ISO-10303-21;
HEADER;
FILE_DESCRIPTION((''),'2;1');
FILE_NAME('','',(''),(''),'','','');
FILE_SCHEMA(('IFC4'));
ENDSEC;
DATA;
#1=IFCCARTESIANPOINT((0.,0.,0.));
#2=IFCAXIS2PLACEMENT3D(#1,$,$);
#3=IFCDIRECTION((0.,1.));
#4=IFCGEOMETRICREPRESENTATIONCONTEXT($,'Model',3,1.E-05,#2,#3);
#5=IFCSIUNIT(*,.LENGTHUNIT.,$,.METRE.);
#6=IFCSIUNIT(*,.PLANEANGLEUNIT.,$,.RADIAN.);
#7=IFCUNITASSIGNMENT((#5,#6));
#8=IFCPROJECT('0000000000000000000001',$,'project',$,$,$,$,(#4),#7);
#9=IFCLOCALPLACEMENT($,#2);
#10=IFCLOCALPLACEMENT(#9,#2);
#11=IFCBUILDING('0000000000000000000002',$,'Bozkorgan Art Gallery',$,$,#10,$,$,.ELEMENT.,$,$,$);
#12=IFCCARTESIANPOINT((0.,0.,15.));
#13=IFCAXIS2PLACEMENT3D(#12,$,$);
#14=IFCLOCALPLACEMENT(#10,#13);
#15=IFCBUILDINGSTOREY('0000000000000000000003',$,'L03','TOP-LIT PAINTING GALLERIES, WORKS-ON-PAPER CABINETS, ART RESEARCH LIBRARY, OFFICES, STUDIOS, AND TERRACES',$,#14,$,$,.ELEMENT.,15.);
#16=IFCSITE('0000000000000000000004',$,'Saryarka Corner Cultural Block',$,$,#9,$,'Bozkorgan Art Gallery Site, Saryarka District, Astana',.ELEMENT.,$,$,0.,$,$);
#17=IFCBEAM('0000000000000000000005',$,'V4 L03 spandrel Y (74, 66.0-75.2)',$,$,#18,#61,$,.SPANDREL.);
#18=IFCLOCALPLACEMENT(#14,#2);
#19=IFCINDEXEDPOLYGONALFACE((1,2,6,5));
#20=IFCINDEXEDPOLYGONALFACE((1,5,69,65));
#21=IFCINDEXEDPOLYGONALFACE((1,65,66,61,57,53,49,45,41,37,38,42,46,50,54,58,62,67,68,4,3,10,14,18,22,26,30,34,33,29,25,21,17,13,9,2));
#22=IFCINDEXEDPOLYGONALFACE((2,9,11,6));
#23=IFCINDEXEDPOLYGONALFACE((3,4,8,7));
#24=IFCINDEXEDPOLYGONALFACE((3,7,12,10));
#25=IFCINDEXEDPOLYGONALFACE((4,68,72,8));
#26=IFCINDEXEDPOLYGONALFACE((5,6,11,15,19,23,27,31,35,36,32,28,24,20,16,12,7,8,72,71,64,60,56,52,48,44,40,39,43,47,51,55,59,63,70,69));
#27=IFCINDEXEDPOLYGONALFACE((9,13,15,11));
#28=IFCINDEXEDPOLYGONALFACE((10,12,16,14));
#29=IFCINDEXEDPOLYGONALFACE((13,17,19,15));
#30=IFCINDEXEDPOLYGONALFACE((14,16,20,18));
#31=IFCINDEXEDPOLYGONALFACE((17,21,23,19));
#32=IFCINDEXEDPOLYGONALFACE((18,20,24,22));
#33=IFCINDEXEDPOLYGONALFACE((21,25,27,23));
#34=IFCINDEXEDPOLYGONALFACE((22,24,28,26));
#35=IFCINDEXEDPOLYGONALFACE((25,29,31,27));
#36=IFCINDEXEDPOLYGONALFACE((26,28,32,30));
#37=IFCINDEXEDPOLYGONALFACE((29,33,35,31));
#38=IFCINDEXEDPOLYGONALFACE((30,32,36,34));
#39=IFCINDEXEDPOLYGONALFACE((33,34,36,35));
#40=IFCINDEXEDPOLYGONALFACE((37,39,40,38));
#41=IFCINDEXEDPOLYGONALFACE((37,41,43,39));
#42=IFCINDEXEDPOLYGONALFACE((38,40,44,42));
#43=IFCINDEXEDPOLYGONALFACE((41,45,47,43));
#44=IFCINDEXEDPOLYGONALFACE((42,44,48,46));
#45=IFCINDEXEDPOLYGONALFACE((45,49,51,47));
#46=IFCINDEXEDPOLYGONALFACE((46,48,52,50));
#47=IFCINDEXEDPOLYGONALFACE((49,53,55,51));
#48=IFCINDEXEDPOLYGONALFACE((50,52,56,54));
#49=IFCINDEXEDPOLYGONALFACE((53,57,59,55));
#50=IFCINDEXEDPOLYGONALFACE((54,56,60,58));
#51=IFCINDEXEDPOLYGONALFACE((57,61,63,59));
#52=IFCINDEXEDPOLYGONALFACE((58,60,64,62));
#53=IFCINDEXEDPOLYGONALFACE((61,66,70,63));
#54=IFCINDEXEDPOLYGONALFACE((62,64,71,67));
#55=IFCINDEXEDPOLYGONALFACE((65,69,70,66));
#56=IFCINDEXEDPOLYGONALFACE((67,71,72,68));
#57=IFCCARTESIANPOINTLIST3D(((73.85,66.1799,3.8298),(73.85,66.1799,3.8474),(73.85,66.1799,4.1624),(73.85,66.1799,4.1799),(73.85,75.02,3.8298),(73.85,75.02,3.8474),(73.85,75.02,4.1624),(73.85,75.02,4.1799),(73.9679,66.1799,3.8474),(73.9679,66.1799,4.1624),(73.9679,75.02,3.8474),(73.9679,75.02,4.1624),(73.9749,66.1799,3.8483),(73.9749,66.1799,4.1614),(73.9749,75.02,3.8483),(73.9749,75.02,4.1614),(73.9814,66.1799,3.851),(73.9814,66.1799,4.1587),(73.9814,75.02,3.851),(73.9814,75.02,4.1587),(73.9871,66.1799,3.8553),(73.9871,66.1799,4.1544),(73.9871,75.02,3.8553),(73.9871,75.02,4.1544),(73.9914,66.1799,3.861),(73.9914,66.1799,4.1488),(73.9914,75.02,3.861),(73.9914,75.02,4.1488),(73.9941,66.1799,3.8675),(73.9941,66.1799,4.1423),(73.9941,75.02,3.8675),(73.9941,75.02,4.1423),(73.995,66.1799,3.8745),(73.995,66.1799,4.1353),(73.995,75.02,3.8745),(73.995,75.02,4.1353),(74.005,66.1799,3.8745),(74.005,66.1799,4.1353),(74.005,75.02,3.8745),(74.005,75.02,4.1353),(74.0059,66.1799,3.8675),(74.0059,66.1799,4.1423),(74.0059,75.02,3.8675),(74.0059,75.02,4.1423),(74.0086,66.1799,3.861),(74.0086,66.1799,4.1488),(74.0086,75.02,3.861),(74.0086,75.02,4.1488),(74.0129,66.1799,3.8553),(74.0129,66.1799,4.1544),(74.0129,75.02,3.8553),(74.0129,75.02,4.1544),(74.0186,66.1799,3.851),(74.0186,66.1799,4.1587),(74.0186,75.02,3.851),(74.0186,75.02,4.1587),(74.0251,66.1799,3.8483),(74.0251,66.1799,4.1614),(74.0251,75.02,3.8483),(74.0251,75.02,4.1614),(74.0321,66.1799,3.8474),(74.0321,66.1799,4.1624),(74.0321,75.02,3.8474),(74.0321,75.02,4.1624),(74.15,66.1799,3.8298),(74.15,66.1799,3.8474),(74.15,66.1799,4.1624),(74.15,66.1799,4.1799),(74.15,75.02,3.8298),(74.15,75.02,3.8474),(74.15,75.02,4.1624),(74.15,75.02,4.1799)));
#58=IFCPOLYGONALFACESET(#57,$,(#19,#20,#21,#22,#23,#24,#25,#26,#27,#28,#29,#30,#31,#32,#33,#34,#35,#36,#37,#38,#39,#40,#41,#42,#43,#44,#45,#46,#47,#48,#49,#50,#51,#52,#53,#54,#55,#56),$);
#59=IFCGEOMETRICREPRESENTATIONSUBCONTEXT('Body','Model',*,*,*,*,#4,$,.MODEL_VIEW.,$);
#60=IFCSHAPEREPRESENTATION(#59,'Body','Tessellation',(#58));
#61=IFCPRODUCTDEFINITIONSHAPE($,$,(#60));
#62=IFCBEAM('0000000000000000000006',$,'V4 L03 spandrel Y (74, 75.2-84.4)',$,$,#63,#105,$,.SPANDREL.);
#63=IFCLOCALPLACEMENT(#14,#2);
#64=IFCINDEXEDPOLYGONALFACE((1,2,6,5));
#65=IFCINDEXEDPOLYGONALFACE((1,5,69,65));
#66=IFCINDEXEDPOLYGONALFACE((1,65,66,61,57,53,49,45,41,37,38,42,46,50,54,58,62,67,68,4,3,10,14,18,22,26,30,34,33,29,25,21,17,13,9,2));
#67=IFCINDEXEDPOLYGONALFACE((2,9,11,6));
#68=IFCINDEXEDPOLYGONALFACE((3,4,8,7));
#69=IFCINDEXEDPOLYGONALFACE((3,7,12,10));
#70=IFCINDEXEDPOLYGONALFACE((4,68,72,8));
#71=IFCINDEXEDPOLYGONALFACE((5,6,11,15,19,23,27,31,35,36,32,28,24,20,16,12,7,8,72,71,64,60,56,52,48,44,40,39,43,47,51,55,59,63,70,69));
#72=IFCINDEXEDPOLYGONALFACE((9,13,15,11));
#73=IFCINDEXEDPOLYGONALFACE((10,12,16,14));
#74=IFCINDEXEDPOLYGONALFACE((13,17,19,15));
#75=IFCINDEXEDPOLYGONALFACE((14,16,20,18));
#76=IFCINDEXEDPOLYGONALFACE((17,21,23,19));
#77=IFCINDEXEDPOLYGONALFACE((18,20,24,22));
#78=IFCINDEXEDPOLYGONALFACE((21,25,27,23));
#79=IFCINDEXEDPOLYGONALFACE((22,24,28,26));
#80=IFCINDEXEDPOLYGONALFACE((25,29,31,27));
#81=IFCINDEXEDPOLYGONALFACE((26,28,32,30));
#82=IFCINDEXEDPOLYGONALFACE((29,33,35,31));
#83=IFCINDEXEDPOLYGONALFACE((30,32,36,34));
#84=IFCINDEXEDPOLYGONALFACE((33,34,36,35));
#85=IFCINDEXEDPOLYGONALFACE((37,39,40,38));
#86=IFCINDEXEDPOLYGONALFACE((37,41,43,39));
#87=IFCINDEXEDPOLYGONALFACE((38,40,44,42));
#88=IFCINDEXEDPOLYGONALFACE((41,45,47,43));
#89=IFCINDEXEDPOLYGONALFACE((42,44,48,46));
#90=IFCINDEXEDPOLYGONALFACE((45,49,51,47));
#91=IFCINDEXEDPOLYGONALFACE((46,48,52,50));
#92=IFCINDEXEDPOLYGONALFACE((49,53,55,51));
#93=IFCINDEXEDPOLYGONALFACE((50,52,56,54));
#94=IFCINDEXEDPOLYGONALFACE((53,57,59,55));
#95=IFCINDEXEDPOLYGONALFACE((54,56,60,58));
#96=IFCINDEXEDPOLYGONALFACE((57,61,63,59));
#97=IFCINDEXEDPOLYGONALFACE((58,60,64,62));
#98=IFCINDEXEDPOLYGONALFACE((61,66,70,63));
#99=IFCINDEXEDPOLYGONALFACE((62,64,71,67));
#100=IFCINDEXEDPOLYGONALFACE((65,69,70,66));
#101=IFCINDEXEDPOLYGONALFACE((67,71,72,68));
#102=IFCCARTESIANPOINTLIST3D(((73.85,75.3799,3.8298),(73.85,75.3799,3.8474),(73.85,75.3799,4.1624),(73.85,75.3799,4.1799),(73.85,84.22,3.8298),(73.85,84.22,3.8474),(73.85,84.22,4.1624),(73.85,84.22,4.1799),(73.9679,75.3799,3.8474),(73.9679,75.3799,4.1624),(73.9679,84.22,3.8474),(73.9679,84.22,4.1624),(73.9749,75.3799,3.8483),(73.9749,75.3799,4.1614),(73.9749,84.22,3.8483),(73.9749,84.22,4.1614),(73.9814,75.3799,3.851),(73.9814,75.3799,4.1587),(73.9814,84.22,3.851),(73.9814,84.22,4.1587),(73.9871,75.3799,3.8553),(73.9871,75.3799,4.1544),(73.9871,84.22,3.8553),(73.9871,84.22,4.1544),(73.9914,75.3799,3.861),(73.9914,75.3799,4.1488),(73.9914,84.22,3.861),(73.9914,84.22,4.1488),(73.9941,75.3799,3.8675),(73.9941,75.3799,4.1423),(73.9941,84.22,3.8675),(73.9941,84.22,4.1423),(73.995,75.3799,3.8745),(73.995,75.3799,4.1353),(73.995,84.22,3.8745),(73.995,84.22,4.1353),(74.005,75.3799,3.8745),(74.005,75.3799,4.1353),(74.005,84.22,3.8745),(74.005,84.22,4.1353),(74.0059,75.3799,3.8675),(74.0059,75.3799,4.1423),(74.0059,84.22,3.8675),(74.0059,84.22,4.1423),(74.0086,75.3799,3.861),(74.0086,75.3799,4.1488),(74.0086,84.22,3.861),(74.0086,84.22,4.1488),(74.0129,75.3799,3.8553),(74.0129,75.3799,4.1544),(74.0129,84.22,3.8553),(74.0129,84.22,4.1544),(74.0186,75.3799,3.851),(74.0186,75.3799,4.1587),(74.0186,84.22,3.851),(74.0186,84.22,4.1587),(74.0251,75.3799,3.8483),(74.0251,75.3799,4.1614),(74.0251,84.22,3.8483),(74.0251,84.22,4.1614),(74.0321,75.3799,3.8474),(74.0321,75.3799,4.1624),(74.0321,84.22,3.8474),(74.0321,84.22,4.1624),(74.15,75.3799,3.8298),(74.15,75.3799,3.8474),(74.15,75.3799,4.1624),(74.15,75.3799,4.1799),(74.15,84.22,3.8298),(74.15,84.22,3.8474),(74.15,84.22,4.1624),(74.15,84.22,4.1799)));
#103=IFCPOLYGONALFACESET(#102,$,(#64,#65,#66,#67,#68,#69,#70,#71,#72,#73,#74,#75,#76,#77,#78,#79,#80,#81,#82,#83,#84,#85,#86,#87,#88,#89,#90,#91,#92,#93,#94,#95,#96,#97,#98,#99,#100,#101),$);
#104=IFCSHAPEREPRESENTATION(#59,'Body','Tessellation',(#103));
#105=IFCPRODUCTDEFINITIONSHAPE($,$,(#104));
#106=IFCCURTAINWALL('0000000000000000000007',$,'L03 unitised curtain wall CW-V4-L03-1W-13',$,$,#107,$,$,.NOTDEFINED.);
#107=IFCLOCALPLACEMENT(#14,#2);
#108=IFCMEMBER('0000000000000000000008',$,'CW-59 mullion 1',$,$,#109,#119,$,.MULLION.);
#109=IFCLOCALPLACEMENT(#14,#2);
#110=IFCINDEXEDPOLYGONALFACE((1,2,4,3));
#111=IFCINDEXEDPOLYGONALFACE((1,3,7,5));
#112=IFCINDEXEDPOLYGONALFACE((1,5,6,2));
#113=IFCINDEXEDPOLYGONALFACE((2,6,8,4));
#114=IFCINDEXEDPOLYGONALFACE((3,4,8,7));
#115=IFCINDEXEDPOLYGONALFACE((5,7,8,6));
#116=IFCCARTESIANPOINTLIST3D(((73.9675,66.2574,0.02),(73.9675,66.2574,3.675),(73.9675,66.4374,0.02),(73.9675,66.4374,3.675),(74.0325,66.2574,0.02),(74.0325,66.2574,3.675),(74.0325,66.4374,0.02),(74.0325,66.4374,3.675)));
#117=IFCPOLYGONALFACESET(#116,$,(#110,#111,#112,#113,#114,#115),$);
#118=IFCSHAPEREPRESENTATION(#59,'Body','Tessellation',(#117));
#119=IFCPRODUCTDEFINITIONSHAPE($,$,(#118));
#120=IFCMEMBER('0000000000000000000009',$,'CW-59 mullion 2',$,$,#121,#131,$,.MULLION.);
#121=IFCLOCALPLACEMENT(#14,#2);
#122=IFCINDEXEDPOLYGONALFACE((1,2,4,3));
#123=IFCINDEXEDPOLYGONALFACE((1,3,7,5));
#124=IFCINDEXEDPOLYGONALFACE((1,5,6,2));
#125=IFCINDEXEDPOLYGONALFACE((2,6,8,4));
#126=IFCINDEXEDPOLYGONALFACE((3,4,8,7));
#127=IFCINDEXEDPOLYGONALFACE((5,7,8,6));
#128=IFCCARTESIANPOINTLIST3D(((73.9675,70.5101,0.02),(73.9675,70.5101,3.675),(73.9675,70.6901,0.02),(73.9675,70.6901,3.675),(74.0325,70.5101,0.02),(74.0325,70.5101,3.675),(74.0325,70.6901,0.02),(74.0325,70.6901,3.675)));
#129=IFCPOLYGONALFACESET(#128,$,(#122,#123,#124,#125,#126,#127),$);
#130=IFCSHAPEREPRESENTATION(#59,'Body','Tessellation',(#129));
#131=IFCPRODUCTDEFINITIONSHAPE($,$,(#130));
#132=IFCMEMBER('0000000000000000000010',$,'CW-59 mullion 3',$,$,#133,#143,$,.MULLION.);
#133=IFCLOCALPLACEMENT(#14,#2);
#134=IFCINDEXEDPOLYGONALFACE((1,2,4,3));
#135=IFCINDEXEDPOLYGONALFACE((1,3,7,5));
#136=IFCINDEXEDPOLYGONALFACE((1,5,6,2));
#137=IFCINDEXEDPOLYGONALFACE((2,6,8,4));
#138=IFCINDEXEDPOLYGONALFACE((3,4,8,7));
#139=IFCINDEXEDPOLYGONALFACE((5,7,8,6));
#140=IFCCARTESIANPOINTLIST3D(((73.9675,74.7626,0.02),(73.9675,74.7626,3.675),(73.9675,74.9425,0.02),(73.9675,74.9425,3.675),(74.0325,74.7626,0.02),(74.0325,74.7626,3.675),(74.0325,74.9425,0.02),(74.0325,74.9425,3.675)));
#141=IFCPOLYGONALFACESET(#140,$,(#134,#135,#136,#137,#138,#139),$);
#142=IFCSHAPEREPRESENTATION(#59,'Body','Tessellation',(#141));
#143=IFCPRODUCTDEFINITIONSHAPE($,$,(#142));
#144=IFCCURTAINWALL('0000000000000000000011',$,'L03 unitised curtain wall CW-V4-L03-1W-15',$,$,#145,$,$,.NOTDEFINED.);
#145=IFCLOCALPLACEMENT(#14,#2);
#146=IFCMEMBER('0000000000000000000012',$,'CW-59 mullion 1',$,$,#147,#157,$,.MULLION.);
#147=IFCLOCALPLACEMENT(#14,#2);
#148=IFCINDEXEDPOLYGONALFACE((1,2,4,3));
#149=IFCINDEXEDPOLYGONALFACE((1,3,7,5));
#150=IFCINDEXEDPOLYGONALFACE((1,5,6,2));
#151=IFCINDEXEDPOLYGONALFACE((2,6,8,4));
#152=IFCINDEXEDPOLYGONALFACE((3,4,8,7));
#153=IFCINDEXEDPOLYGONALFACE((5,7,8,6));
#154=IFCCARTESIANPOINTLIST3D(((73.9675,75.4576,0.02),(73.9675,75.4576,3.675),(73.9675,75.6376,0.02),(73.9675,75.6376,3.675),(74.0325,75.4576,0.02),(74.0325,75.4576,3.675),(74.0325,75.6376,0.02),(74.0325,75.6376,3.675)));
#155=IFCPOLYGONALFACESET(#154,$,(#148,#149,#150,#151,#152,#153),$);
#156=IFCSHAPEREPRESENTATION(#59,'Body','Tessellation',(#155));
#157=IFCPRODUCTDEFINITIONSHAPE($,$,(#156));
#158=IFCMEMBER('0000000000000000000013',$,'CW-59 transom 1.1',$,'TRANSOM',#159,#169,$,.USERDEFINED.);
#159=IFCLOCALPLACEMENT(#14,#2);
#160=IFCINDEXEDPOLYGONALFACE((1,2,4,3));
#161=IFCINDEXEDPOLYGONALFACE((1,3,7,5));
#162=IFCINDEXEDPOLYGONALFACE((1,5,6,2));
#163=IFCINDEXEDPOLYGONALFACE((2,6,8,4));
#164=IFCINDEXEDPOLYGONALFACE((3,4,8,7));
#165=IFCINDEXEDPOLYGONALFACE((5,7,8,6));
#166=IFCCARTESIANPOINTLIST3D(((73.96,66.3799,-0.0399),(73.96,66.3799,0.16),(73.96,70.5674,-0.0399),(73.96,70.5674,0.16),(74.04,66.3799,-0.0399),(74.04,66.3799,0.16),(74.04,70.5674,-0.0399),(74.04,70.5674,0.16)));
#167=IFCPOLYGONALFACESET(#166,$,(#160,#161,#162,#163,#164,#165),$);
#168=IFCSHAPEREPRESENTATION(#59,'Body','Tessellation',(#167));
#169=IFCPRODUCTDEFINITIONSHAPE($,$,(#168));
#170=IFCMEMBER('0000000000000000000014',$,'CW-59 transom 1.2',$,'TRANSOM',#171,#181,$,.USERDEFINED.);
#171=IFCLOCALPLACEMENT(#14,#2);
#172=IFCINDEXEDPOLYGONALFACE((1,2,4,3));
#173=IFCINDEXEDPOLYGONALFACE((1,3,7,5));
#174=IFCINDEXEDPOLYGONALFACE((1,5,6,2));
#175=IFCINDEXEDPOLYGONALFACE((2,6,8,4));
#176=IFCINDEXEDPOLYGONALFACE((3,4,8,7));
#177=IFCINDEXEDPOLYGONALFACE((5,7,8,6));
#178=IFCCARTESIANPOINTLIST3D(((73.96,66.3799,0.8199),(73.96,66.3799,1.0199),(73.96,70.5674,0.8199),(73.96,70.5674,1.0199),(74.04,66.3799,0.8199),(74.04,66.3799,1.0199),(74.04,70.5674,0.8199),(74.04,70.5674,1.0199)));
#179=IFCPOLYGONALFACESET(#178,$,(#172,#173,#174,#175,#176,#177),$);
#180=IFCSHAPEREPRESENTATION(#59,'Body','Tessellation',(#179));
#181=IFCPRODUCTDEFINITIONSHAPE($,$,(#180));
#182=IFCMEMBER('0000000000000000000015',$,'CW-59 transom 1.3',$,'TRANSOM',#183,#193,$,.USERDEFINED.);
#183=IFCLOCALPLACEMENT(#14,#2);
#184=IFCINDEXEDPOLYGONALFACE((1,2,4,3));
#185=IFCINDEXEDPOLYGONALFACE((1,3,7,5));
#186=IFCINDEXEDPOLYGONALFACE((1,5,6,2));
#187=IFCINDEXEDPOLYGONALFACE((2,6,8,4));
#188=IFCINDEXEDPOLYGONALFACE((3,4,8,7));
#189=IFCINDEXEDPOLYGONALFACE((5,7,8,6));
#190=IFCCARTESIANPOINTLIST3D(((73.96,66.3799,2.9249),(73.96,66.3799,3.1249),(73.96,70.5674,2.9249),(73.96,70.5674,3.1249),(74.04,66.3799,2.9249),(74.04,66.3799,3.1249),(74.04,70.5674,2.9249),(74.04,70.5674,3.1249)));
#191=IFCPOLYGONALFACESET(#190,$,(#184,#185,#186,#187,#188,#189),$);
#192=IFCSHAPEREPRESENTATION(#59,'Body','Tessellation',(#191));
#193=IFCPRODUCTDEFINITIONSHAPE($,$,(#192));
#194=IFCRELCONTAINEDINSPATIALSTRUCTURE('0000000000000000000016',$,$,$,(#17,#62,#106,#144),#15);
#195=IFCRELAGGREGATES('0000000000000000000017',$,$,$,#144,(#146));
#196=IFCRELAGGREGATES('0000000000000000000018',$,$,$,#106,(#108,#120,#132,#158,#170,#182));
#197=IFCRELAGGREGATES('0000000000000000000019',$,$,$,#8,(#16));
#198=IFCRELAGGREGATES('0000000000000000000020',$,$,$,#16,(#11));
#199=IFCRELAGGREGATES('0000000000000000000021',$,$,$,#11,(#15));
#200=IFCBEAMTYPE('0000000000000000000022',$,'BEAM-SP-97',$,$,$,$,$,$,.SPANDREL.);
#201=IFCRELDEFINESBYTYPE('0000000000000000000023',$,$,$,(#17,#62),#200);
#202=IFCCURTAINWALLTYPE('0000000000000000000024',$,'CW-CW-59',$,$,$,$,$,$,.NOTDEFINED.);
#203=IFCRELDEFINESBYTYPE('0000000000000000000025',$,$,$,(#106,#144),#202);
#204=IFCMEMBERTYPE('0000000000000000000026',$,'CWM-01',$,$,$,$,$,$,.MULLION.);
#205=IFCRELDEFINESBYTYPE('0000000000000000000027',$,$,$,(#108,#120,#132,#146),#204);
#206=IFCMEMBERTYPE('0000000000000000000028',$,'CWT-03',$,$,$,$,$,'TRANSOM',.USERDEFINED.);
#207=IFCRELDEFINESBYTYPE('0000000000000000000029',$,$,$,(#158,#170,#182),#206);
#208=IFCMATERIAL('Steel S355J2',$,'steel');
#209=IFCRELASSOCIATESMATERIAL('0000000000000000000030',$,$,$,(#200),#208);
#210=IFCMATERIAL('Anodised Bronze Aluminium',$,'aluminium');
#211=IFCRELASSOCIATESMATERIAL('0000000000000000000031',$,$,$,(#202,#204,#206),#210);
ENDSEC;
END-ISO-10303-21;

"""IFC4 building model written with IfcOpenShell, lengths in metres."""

from ifc_helpers import new_model, si_unit, direction, frame, origin, origin_2d, place, context, subcontext, project, spatial, rectangle, i_section, extrude, material, material_profile, profile_set, type_object, element, aggregate, save


model = new_model("IFC4")

# Units and contexts
model_context = context("Model", 3, precision=1e-05, world=origin(), true_north=direction((0.0, 1.0)))
body_context = subcontext(model_context, "Body", "Model", "MODEL_VIEW")
ifc_project = project(units=[si_unit("LENGTHUNIT", "METRE"), si_unit("PLANEANGLEUNIT", "RADIAN")], contexts=[model_context])

# Site, building, storey
site_placement = place(None, origin())
site = spatial("IfcSite", under=ifc_project, at=site_placement, Name="Saryarka Corner Cultural Block", LongName="Bozkorgan Art Gallery Site, Saryarka District, Astana", CompositionType="ELEMENT", RefElevation=0.0)
building_placement = place(site_placement, origin())
building = spatial("IfcBuilding", under=site, at=building_placement, Name="Bozkorgan Art Gallery", CompositionType="ELEMENT")
storey_placement = place(building_placement, frame((0.0, 0.0, 15.0)))
storey = spatial("IfcBuildingStorey", under=building, at=storey_placement, Name="L03", Description="TOP-LIT PAINTING GALLERIES, WORKS-ON-PAPER CABINETS, ART RESEARCH LIBRARY, OFFICES, STUDIOS, AND TERRACES", CompositionType="ELEMENT", Elevation=15.0)

# Shared definitions
ifc_material_1 = material(Name="Steel S355J2", Category="steel")

# Beams
ifc_material_profile_1 = material_profile(ifc_material_1, i_section(OverallWidth=0.3, OverallDepth=0.3501, WebThickness=0.01, FlangeThickness=0.0176, FilletRadius=0.0271, at=origin_2d()), Name="HEA 360")
ifc_profile_set_1 = profile_set([ifc_material_profile_1], Name="Steel S355J2")
beam_type_1 = type_object("IfcBeamType", Name="BEAM-SP-97", PredefinedType="SPANDREL", material=ifc_profile_set_1)
for number, where, z_axis, x_axis, name in (
    (1, (74.0, 66.1799, 4.0049), (0.0, 1.0, 0.0), (-1.0, 0.0, 0.0), "V4 L03 spandrel Y (74, 66.0-75.2)"),
    (2, (74.0, 75.3799, 4.0049), (0.0, 1.0, 0.0), (-1.0, 0.0, 0.0), "V4 L03 spandrel Y (74, 75.2-84.4)"),
):
    element("IfcBeam", number, at=place(storey_placement, frame(where, z_axis=z_axis, x_axis=x_axis)), inside=storey, type_object=beam_type_1, Name=name, PredefinedType="SPANDREL", context=body_context, shape_type="SweptSolid", body=[
        extrude(i_section(OverallWidth=0.3, OverallDepth=0.3501, WebThickness=0.01, FlangeThickness=0.0176, FilletRadius=0.0271, at=origin_2d()), origin(), (0.0, 0.0, 1.0), 8.8401),
    ])

# Curtain wall, members
ifc_material_2 = material(Name="Anodised Bronze Aluminium", Category="aluminium")
curtain_wall_type = type_object("IfcCurtainWallType", Name="CW-CW-59", PredefinedType="NOTDEFINED", material=ifc_material_2)
curtain_wall_1_placement = place(storey_placement, origin())
curtain_wall_1 = element("IfcCurtainWall", 3, at=curtain_wall_1_placement, inside=storey, type_object=curtain_wall_type, Name="L03 unitised curtain wall CW-V4-L03-1W-13", PredefinedType="NOTDEFINED")
ifc_material_profile_2 = material_profile(ifc_material_2, rectangle(XDim=0.0649, YDim=0.1799, at=origin_2d()), Name="ALU MULLION 65x180")
ifc_profile_set_2 = profile_set([ifc_material_profile_2], Name="Anodised Bronze Aluminium")
member_type_1 = type_object("IfcMemberType", Name="CWM-01", PredefinedType="MULLION", material=ifc_profile_set_2)
member_1_placement = place(storey_placement, frame((74.0, 66.3474, 0.02), z_axis=(0.0, 0.0, 1.0), x_axis=(-1.0, 0.0, 0.0)))
member_1 = element("IfcMember", 4, at=member_1_placement, type_object=member_type_1, Name="CW-59 mullion 1", PredefinedType="MULLION", context=body_context, shape_type="SweptSolid", body=[
    extrude(rectangle(XDim=0.0649, YDim=0.1799, at=origin_2d()), origin(), (0.0, 0.0, 1.0), 3.655),
])
member_2_placement = place(storey_placement, frame((74.0, 70.6001, 0.02), z_axis=(0.0, 0.0, 1.0), x_axis=(-1.0, 0.0, 0.0)))
member_2 = element("IfcMember", 5, at=member_2_placement, type_object=member_type_1, Name="CW-59 mullion 2", PredefinedType="MULLION", context=body_context, shape_type="SweptSolid", body=[
    extrude(rectangle(XDim=0.0649, YDim=0.1799, at=origin_2d()), origin(), (0.0, 0.0, 1.0), 3.655),
])
member_3_placement = place(storey_placement, frame((74.0, 74.8525, 0.02), z_axis=(0.0, 0.0, 1.0), x_axis=(-1.0, 0.0, 0.0)))
member_3 = element("IfcMember", 6, at=member_3_placement, type_object=member_type_1, Name="CW-59 mullion 3", PredefinedType="MULLION", context=body_context, shape_type="SweptSolid", body=[
    extrude(rectangle(XDim=0.0649, YDim=0.1799, at=origin_2d()), origin(), (0.0, 0.0, 1.0), 3.655),
])

# Curtain wall, member
curtain_wall_2_placement = place(storey_placement, origin())
curtain_wall_2 = element("IfcCurtainWall", 7, at=curtain_wall_2_placement, inside=storey, type_object=curtain_wall_type, Name="L03 unitised curtain wall CW-V4-L03-1W-15", PredefinedType="NOTDEFINED")
member_4_placement = place(storey_placement, frame((74.0, 75.5476, 0.02), z_axis=(0.0, 0.0, 1.0), x_axis=(-1.0, 0.0, 0.0)))
member_4 = element("IfcMember", 8, at=member_4_placement, type_object=member_type_1, Name="CW-59 mullion 1", PredefinedType="MULLION", context=body_context, shape_type="SweptSolid", body=[
    extrude(rectangle(XDim=0.0649, YDim=0.1799, at=origin_2d()), origin(), (0.0, 0.0, 1.0), 3.655),
])

# Members
ifc_material_profile_3 = material_profile(ifc_material_2, rectangle(XDim=0.0801, YDim=0.2, at=origin_2d()), Name="ALU TRANSOM 80x200")
ifc_profile_set_3 = profile_set([ifc_material_profile_3], Name="Anodised Bronze Aluminium")
member_type_2 = type_object("IfcMemberType", Name="CWT-03", ElementType="TRANSOM", PredefinedType="USERDEFINED", material=ifc_profile_set_3)
member_5_placement = place(storey_placement, frame((74.0, 66.3799, 0.0601), z_axis=(0.0, 1.0, 0.0), x_axis=(-1.0, 0.0, 0.0)))
member_5 = element("IfcMember", 9, at=member_5_placement, type_object=member_type_2, Name="CW-59 transom 1.1", ObjectType="TRANSOM", PredefinedType="USERDEFINED", context=body_context, shape_type="SweptSolid", body=[
    extrude(rectangle(XDim=0.0801, YDim=0.2, at=origin_2d()), origin(), (0.0, 0.0, 1.0), 4.1875),
])
member_6_placement = place(storey_placement, frame((74.0, 66.3799, 0.9199), z_axis=(0.0, 1.0, 0.0), x_axis=(-1.0, 0.0, 0.0)))
member_6 = element("IfcMember", 10, at=member_6_placement, type_object=member_type_2, Name="CW-59 transom 1.2", ObjectType="TRANSOM", PredefinedType="USERDEFINED", context=body_context, shape_type="SweptSolid", body=[
    extrude(rectangle(XDim=0.0801, YDim=0.2, at=origin_2d()), origin(), (0.0, 0.0, 1.0), 4.1875),
])
member_7_placement = place(storey_placement, frame((74.0, 66.3799, 3.0249), z_axis=(0.0, 1.0, 0.0), x_axis=(-1.0, 0.0, 0.0)))
member_7 = element("IfcMember", 11, at=member_7_placement, type_object=member_type_2, Name="CW-59 transom 1.3", ObjectType="TRANSOM", PredefinedType="USERDEFINED", context=body_context, shape_type="SweptSolid", body=[
    extrude(rectangle(XDim=0.0801, YDim=0.2, at=origin_2d()), origin(), (0.0, 0.0, 1.0), 4.1875),
])
aggregate(curtain_wall_2, [member_4])

aggregate(curtain_wall_1, [member_1, member_2, member_3, member_5, member_6, member_7])

save(model, "model.ifc")
